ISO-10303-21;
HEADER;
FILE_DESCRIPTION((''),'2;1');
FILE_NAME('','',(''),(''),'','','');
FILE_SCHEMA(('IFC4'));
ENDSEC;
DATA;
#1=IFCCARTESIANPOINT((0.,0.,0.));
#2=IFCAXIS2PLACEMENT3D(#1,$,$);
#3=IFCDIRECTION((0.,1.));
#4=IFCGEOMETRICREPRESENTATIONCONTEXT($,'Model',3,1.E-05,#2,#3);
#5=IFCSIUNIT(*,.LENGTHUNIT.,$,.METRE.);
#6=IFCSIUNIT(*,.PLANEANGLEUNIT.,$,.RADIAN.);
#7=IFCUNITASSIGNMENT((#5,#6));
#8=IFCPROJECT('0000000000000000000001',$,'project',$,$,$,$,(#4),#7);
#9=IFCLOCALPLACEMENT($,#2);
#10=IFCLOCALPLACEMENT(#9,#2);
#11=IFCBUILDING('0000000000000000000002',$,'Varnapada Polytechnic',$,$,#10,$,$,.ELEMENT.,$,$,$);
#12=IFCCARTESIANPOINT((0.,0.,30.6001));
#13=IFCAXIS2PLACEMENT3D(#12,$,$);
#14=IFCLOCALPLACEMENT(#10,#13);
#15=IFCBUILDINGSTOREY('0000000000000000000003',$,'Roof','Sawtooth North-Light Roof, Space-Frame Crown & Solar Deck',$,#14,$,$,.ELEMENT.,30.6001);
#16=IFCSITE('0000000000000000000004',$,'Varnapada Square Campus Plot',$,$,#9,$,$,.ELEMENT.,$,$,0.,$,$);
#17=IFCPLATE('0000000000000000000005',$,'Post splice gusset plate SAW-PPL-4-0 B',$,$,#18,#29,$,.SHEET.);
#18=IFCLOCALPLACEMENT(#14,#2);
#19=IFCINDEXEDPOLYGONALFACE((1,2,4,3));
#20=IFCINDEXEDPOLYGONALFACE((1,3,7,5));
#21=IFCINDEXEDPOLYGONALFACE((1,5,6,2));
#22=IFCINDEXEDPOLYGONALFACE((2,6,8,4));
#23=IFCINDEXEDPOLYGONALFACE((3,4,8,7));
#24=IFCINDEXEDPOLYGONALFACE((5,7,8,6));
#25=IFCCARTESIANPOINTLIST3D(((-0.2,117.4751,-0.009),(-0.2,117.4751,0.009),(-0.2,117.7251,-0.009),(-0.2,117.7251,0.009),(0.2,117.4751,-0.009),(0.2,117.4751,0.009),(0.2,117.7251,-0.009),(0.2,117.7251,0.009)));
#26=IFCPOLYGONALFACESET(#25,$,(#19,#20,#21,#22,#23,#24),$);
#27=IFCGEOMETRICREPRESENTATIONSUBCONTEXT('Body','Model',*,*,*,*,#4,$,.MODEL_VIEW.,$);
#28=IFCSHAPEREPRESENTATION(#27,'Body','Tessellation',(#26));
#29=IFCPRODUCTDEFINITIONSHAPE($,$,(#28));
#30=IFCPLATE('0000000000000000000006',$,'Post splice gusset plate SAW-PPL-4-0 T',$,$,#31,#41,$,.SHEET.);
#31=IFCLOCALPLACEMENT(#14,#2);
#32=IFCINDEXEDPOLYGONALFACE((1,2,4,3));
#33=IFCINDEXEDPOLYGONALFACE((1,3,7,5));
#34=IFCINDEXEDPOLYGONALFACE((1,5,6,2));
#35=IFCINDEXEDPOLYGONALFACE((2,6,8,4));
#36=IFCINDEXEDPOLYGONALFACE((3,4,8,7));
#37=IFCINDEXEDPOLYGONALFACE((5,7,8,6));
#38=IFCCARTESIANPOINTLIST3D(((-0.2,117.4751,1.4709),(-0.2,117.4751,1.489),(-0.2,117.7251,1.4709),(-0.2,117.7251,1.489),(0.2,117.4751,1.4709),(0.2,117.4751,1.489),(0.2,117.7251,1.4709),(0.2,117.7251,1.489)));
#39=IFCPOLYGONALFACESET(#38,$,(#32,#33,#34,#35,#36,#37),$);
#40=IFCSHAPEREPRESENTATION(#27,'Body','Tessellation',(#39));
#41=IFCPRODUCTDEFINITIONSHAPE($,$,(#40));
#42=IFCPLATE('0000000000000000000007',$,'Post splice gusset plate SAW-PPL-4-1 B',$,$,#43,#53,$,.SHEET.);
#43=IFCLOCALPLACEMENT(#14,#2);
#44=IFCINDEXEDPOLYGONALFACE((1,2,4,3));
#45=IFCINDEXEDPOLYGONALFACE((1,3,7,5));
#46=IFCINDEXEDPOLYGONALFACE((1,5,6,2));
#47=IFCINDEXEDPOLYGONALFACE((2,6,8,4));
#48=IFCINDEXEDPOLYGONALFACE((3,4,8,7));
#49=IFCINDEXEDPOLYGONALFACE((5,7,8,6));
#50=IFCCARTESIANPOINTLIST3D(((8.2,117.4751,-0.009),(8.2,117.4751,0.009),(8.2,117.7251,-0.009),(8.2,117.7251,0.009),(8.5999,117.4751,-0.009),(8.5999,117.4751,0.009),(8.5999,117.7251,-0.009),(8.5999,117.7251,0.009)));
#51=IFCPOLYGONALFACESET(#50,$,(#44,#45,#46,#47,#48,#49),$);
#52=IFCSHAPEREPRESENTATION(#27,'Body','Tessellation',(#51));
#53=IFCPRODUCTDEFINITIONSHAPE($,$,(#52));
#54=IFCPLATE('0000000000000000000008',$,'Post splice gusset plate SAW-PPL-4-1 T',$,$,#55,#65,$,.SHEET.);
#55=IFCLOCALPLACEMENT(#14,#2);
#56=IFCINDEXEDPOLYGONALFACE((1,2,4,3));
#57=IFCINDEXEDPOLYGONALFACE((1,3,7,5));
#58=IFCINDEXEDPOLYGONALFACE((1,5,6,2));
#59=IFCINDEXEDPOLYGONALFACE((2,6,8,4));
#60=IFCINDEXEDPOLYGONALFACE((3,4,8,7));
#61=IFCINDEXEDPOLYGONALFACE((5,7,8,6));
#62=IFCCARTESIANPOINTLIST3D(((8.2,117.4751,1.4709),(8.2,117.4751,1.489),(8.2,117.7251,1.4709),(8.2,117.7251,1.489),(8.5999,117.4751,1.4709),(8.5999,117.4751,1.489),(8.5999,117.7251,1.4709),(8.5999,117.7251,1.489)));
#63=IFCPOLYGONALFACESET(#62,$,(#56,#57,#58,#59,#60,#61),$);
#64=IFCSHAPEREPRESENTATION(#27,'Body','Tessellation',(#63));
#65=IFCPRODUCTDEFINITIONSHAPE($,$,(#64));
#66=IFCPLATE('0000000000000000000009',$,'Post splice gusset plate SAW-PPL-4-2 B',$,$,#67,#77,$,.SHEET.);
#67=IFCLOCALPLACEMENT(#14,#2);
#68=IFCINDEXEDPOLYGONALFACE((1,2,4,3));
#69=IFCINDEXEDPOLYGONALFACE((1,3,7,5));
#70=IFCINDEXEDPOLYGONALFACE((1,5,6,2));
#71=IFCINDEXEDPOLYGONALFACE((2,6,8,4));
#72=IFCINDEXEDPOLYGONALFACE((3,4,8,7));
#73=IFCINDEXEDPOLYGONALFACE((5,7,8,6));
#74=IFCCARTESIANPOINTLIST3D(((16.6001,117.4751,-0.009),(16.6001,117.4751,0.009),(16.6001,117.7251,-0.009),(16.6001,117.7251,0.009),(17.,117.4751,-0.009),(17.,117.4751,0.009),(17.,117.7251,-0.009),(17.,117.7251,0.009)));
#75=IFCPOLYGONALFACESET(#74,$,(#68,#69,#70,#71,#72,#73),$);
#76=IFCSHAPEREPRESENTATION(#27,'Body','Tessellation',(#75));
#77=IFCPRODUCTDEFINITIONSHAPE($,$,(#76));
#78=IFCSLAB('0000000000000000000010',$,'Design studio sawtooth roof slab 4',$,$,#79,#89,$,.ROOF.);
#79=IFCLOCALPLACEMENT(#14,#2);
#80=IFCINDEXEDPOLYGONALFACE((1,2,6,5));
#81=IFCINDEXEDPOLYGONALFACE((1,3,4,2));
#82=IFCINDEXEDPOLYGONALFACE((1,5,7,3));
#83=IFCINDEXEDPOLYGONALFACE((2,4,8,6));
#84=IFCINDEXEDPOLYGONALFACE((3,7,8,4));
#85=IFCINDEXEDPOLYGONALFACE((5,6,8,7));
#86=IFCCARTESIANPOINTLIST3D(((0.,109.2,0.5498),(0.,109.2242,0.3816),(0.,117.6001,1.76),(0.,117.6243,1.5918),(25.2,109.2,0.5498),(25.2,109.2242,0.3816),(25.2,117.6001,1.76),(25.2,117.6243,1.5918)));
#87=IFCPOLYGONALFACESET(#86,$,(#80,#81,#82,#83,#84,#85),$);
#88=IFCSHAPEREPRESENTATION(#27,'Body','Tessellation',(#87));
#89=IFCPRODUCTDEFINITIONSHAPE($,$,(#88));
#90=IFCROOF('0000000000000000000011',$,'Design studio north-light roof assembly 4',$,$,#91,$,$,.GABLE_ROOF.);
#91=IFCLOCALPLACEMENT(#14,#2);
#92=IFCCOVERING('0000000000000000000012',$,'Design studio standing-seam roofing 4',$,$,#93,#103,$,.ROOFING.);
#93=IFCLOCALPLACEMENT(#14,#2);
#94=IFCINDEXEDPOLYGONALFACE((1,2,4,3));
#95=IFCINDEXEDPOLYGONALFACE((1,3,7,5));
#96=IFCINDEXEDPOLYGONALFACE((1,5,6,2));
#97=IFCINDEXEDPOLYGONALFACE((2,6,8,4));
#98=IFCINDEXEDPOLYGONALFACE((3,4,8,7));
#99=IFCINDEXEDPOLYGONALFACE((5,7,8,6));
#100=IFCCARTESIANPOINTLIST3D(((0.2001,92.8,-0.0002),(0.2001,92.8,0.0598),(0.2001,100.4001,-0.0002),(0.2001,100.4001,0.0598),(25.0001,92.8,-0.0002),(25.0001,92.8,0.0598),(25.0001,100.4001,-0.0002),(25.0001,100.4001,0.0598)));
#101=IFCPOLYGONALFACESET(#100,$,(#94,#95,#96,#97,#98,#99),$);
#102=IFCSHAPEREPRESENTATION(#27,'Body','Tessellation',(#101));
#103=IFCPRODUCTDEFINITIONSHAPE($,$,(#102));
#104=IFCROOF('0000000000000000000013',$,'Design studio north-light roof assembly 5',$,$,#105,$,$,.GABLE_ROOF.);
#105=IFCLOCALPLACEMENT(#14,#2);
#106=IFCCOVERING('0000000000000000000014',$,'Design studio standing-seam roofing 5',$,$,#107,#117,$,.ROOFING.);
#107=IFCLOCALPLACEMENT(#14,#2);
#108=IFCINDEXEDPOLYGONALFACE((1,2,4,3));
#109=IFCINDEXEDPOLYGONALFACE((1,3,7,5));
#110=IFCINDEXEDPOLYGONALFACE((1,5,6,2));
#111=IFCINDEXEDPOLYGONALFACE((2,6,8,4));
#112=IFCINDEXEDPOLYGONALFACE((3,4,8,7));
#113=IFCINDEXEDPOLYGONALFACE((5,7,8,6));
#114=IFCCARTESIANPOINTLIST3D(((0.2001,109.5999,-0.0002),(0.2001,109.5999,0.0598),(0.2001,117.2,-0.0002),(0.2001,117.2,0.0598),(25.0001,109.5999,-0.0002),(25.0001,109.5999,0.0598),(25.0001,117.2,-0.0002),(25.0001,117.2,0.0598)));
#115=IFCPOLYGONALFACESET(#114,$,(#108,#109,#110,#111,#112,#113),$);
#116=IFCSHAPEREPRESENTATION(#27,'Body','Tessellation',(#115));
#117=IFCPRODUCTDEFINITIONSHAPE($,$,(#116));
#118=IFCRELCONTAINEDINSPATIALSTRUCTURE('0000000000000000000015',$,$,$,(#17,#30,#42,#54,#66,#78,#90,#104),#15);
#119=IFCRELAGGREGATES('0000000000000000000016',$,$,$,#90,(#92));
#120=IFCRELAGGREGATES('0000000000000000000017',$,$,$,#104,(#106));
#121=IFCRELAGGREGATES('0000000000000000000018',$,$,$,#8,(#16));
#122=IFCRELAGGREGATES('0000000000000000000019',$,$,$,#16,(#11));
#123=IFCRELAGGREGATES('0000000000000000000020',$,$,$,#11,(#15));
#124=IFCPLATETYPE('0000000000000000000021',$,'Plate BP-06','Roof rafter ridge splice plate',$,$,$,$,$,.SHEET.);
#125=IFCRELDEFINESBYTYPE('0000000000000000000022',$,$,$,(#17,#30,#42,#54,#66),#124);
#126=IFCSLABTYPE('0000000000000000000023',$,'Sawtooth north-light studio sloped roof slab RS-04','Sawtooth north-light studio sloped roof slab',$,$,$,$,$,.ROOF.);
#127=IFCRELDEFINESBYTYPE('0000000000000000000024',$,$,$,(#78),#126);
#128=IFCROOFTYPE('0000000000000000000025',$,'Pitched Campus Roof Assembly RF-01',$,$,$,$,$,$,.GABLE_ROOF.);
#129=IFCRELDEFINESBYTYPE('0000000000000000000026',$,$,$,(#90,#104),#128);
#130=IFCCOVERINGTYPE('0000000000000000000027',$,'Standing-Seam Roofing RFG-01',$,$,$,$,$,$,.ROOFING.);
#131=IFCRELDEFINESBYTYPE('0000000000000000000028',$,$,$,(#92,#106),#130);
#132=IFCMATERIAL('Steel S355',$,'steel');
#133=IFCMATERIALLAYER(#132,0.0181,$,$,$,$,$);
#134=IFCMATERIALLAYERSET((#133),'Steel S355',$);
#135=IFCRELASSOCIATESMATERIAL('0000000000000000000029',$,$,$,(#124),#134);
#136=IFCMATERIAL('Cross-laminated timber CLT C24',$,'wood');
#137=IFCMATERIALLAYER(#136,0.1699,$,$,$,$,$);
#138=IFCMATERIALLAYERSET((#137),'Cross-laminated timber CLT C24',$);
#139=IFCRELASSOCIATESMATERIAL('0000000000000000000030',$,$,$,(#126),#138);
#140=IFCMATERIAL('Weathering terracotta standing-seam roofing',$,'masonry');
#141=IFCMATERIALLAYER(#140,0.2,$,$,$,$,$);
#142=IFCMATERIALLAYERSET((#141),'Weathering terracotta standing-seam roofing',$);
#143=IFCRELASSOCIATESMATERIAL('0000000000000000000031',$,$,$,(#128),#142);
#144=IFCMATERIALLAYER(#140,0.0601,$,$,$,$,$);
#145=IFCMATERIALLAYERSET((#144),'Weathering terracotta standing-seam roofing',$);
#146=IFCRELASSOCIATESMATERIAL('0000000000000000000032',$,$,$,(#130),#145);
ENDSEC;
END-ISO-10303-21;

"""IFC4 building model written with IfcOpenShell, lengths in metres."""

from ifc_helpers import new_model, si_unit, direction, frame, origin, origin_2d, place, context, subcontext, project, spatial, polyline, rectangle, outline, extrude, material, layer, layer_set, type_object, element, aggregate, save


model = new_model("IFC4")

# Units and contexts
model_context = context("Model", 3, precision=1e-05, world=origin(), true_north=direction((0.0, 1.0)))
body_context = subcontext(model_context, "Body", "Model", "MODEL_VIEW")
ifc_project = project(units=[si_unit("LENGTHUNIT", "METRE"), si_unit("PLANEANGLEUNIT", "RADIAN")], contexts=[model_context])

# Site, building, storey
site_placement = place(None, origin())
site = spatial("IfcSite", under=ifc_project, at=site_placement, Name="Varnapada Square Campus Plot", CompositionType="ELEMENT", RefElevation=0.0)
building_placement = place(site_placement, origin())
building = spatial("IfcBuilding", under=site, at=building_placement, Name="Varnapada Polytechnic", CompositionType="ELEMENT")
storey_placement = place(building_placement, frame((0.0, 0.0, 30.6001)))
storey = spatial("IfcBuildingStorey", under=building, at=storey_placement, Name="Roof", Description="Sawtooth North-Light Roof, Space-Frame Crown & Solar Deck", CompositionType="ELEMENT", Elevation=30.6001)

# Shared definitions
ifc_material_1 = material(Name="Steel S355", Category="steel")

# Plates
ifc_layer_1 = layer(ifc_material_1, 0.0181)
ifc_layer_set_1 = layer_set([ifc_layer_1], Name="Steel S355")
plate_type = type_object("IfcPlateType", Name="Plate BP-06", Description="Roof rafter ridge splice plate", PredefinedType="SHEET", material=ifc_layer_set_1)
for number, where, z_axis, x_axis, name in (
    (1, (0.0, 117.6001, -0.009), (0.0, 0.0, 1.0), (1.0, 0.0, 0.0), "Post splice gusset plate SAW-PPL-4-0 B"),
    (2, (0.0, 117.6001, 1.4709), (0.0, 0.0, 1.0), (1.0, 0.0, 0.0), "Post splice gusset plate SAW-PPL-4-0 T"),
    (3, (8.3999, 117.6001, -0.009), (0.0, 0.0, 1.0), (1.0, 0.0, 0.0), "Post splice gusset plate SAW-PPL-4-1 B"),
    (4, (8.3999, 117.6001, 1.4709), (0.0, 0.0, 1.0), (1.0, 0.0, 0.0), "Post splice gusset plate SAW-PPL-4-1 T"),
    (5, (16.8, 117.6001, -0.009), (0.0, 0.0, 1.0), (1.0, 0.0, 0.0), "Post splice gusset plate SAW-PPL-4-2 B"),
):
    element("IfcPlate", number, at=place(storey_placement, frame(where, z_axis=z_axis, x_axis=x_axis)), inside=storey, type_object=plate_type, Name=name, PredefinedType="SHEET", context=body_context, shape_type="SweptSolid", body=[
        extrude(rectangle(XDim=0.3999, YDim=0.25, at=origin_2d()), origin(), (0.0, 0.0, 1.0), 0.0181),
    ])

# Slab
ifc_material_2 = material(Name="Cross-laminated timber CLT C24", Category="wood")
ifc_layer_2 = layer(ifc_material_2, 0.1699)
ifc_layer_set_2 = layer_set([ifc_layer_2], Name="Cross-laminated timber CLT C24")
slab_type = type_object("IfcSlabType", Name="Sawtooth north-light studio sloped roof slab RS-04", Description="Sawtooth north-light studio sloped roof slab", PredefinedType="ROOF", material=ifc_layer_set_2)
slab_placement = place(storey_placement, frame((0.0, 109.2, 0.5498), z_axis=(0.0, -0.142597, 0.989781), x_axis=(1.0, 0.0, 0.0)))
element("IfcSlab", 6, at=slab_placement, inside=storey, type_object=slab_type, Name="Design studio sawtooth roof slab 4", PredefinedType="ROOF", context=body_context, shape_type="SweptSolid", body=[
    extrude(outline(polyline([(0.0, 0.0), (25.2, 0.0), (25.2, 8.4869), (0.0, 8.4869), (0.0, 0.0)])), origin(), (0.0, 0.0, -1.0), 0.1699),
])

# Roofs, coverings
ifc_material_3 = material(Name="Weathering terracotta standing-seam roofing", Category="masonry")
ifc_layer_3 = layer(ifc_material_3, 0.2)
ifc_layer_set_3 = layer_set([ifc_layer_3], Name="Weathering terracotta standing-seam roofing")
roof_type = type_object("IfcRoofType", Name="Pitched Campus Roof Assembly RF-01", PredefinedType="GABLE_ROOF", material=ifc_layer_set_3)
roof_1_placement = place(storey_placement, origin())
roof_1 = element("IfcRoof", 7, at=roof_1_placement, inside=storey, type_object=roof_type, Name="Design studio north-light roof assembly 4", PredefinedType="GABLE_ROOF")
ifc_layer_4 = layer(ifc_material_3, 0.0601)
ifc_layer_set_4 = layer_set([ifc_layer_4], Name="Weathering terracotta standing-seam roofing")
covering_type = type_object("IfcCoveringType", Name="Standing-Seam Roofing RFG-01", PredefinedType="ROOFING", material=ifc_layer_set_4)
covering_1_placement = place(storey_placement, frame((12.6001, 96.6001, -0.0002), z_axis=(0.0, 0.0, 1.0), x_axis=(1.0, 0.0, 0.0)))
covering_1 = element("IfcCovering", 8, at=covering_1_placement, type_object=covering_type, Name="Design studio standing-seam roofing 4", PredefinedType="ROOFING", context=body_context, shape_type="SweptSolid", body=[
    extrude(rectangle(XDim=24.8, YDim=7.6001, at=origin_2d()), origin(), (0.0, 0.0, 1.0), 0.0601),
])
aggregate(roof_1, [covering_1])
roof_2_placement = place(storey_placement, origin())
roof_2 = element("IfcRoof", 9, at=roof_2_placement, inside=storey, type_object=roof_type, Name="Design studio north-light roof assembly 5", PredefinedType="GABLE_ROOF")
covering_2_placement = place(storey_placement, frame((12.6001, 113.3999, -0.0002), z_axis=(0.0, 0.0, 1.0), x_axis=(1.0, 0.0, 0.0)))
covering_2 = element("IfcCovering", 10, at=covering_2_placement, type_object=covering_type, Name="Design studio standing-seam roofing 5", PredefinedType="ROOFING", context=body_context, shape_type="SweptSolid", body=[
    extrude(rectangle(XDim=24.8, YDim=7.6001, at=origin_2d()), origin(), (0.0, 0.0, 1.0), 0.0601),
])
aggregate(roof_2, [covering_2])

save(model, "model.ifc")
